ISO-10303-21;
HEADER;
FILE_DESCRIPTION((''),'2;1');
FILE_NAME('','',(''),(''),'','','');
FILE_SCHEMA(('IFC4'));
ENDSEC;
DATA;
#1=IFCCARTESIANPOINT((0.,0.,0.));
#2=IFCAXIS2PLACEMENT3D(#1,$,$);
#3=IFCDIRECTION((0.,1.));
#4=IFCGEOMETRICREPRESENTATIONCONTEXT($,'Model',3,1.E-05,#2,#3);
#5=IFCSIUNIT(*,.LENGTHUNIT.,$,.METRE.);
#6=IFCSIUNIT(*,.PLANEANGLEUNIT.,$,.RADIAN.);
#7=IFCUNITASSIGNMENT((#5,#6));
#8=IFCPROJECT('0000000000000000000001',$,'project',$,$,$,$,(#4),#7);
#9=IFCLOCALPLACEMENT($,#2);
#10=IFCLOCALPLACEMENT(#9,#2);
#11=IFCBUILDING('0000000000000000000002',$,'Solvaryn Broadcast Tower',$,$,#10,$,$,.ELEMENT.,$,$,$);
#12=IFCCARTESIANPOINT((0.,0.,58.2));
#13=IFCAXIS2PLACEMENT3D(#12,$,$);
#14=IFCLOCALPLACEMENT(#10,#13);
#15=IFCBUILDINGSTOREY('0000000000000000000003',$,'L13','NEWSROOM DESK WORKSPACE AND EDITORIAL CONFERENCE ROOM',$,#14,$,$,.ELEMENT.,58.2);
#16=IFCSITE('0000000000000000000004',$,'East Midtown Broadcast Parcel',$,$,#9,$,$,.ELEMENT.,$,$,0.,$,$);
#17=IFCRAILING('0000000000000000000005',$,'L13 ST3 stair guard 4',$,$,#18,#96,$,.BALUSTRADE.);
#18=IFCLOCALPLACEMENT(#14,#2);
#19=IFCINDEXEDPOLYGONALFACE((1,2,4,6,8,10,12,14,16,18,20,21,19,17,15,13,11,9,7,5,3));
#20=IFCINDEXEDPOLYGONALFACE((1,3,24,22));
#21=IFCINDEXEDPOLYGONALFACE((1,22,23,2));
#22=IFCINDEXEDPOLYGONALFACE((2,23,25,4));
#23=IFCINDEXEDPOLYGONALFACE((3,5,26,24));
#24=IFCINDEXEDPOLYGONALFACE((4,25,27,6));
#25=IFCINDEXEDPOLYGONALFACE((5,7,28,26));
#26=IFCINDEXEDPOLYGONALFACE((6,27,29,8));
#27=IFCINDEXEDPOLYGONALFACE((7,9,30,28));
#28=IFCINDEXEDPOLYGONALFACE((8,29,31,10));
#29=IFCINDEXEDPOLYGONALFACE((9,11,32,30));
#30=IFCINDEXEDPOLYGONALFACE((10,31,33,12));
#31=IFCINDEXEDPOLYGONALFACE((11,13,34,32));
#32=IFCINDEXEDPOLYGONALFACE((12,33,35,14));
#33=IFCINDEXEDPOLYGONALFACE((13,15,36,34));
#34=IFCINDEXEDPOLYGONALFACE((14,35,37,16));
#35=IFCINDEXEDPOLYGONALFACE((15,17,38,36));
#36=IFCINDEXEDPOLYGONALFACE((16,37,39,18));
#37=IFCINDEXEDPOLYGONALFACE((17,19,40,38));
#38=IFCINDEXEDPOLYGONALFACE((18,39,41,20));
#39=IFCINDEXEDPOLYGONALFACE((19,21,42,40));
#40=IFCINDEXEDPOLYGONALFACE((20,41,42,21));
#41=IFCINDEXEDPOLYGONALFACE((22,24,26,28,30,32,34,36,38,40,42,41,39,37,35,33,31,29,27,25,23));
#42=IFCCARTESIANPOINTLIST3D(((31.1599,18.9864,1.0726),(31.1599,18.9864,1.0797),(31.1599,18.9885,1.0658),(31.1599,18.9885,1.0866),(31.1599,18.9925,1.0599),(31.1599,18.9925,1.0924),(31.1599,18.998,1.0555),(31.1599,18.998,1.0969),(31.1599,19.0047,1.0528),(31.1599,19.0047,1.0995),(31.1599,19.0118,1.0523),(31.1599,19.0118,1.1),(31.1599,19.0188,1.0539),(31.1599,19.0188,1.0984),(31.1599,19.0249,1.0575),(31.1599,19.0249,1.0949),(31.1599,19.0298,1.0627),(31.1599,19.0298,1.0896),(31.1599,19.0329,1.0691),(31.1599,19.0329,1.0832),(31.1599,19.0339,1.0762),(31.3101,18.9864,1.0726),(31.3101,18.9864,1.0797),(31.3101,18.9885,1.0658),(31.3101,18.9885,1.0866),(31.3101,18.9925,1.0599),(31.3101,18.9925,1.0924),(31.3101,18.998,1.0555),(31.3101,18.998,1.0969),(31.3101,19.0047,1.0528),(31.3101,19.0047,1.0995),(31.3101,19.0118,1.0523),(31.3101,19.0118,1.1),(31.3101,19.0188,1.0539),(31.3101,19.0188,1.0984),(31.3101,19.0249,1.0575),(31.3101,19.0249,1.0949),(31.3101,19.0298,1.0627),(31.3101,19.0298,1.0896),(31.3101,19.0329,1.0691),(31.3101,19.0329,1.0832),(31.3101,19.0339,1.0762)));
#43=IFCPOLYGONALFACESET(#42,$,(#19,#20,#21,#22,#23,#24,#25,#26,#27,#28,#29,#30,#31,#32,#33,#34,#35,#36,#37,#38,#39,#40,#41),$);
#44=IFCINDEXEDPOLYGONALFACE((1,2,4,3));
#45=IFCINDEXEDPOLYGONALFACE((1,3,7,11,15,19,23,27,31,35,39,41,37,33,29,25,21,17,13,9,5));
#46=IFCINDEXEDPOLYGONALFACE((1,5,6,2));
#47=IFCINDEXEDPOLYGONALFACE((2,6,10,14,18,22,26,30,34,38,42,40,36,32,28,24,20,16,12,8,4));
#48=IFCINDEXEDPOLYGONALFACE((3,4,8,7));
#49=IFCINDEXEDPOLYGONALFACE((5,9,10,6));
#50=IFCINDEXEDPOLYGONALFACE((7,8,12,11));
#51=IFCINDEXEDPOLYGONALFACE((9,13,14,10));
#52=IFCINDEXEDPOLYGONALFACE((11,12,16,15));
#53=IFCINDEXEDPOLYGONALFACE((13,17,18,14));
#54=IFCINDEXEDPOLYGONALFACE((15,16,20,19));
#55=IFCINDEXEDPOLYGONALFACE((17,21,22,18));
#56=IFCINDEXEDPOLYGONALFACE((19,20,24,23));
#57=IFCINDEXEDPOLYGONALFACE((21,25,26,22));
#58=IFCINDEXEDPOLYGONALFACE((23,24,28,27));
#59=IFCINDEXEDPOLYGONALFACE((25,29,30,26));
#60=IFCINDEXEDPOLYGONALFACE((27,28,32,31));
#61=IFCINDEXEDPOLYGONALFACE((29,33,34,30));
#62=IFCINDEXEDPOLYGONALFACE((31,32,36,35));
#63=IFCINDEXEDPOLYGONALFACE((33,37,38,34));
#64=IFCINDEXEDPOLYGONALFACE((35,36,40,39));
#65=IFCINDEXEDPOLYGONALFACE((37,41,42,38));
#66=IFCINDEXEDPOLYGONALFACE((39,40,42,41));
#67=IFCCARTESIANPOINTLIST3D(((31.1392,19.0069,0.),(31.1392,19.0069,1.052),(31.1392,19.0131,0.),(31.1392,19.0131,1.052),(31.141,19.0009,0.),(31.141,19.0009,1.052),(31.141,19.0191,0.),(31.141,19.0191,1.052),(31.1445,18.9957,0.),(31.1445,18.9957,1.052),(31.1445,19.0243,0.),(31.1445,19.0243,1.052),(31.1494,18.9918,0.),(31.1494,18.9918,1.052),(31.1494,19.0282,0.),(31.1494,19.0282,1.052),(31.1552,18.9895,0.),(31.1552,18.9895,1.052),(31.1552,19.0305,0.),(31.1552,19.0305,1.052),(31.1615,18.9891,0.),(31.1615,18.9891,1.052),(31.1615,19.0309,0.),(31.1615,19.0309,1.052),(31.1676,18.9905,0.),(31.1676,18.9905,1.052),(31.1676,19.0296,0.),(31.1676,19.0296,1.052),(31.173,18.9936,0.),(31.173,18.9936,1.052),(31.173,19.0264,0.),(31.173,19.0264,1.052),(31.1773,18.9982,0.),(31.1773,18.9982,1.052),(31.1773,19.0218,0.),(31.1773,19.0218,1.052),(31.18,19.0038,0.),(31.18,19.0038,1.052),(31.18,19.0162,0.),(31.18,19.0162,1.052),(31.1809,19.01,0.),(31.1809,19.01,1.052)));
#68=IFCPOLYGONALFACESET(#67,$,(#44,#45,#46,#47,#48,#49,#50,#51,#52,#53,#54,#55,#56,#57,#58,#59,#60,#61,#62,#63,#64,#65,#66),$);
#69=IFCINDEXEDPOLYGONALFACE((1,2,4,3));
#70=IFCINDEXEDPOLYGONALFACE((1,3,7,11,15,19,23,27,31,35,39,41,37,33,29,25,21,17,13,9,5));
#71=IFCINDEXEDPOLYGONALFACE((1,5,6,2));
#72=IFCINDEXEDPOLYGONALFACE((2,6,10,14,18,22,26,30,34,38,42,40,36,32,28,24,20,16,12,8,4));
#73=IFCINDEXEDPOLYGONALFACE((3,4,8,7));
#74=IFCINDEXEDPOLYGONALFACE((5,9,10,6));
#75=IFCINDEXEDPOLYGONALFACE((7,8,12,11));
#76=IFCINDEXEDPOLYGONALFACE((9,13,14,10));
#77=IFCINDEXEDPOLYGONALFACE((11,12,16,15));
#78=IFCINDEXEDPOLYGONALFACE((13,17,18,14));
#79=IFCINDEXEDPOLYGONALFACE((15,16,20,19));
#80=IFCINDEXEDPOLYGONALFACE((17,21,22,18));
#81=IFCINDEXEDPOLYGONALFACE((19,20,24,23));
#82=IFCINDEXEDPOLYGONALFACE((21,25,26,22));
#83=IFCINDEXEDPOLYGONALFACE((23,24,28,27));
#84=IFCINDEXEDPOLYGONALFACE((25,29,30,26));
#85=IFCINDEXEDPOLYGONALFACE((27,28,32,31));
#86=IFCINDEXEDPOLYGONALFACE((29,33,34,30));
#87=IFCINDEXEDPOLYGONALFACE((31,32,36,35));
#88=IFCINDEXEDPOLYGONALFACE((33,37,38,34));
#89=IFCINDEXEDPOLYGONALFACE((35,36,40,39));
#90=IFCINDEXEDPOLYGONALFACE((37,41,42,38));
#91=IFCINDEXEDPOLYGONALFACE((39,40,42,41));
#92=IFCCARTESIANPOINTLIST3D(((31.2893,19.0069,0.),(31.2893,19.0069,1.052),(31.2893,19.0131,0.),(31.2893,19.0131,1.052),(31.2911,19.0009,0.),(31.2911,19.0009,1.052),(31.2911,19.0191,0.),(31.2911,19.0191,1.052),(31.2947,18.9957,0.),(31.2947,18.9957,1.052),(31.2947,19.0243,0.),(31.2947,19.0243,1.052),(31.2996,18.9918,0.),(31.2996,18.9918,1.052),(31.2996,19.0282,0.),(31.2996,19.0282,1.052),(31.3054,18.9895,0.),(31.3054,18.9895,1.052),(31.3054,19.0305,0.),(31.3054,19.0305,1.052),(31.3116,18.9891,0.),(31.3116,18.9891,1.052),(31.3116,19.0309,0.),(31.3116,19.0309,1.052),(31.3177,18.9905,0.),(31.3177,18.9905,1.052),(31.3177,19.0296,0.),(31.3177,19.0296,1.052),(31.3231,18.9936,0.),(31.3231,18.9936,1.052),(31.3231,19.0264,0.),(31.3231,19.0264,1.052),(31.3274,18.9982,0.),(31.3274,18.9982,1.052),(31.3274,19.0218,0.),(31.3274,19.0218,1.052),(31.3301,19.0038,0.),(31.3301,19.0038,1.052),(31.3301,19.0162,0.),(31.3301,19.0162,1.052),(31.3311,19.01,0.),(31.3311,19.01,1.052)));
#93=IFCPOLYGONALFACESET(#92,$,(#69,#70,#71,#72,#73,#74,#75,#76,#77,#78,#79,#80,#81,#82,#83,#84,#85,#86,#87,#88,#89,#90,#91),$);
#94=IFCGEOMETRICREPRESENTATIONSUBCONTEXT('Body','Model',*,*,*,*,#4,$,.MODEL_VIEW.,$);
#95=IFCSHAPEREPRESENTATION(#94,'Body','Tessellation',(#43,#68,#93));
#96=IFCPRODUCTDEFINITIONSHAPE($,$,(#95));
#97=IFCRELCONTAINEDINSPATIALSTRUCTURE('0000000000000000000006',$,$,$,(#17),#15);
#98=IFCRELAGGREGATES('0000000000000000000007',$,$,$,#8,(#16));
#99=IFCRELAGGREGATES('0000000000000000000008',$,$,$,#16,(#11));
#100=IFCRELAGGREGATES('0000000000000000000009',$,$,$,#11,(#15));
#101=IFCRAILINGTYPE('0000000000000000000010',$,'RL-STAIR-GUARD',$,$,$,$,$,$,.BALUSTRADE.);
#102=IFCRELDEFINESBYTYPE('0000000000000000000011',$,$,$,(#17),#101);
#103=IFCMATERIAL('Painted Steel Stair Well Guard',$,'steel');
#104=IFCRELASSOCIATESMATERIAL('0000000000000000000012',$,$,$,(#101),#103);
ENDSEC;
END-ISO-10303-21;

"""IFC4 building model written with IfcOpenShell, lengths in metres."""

from ifc_helpers import new_model, si_unit, direction, frame, origin, origin_2d, place, context, subcontext, project, spatial, circle, extrude, material, type_object, element, save


model = new_model("IFC4")

# Units and contexts
model_context = context("Model", 3, precision=1e-05, world=origin(), true_north=direction((0.0, 1.0)))
body_context = subcontext(model_context, "Body", "Model", "MODEL_VIEW")
ifc_project = project(units=[si_unit("LENGTHUNIT", "METRE"), si_unit("PLANEANGLEUNIT", "RADIAN")], contexts=[model_context])

# Site, building, storey
site_placement = place(None, origin())
site = spatial("IfcSite", under=ifc_project, at=site_placement, Name="East Midtown Broadcast Parcel", CompositionType="ELEMENT", RefElevation=0.0)
building_placement = place(site_placement, origin())
building = spatial("IfcBuilding", under=site, at=building_placement, Name="Solvaryn Broadcast Tower", CompositionType="ELEMENT")
storey_placement = place(building_placement, frame((0.0, 0.0, 58.2)))
storey = spatial("IfcBuildingStorey", under=building, at=storey_placement, Name="L13", Description="NEWSROOM DESK WORKSPACE AND EDITORIAL CONFERENCE ROOM", CompositionType="ELEMENT", Elevation=58.2)

# Railing
ifc_material_1 = material(Name="Painted Steel Stair Well Guard", Category="steel")
railing_type_1 = type_object("IfcRailingType", Name="RL-STAIR-GUARD", PredefinedType="BALUSTRADE", material=ifc_material_1)
railing_1_placement = place(storey_placement, frame((31.1599, 19.01, 0.0)))
element("IfcRailing", 1, at=railing_1_placement, inside=storey, type_object=railing_type_1, Name="L13 ST3 stair guard 4", PredefinedType="BALUSTRADE", context=body_context, shape_type="SweptSolid", body=[
    extrude(circle(Radius=0.0239, at=origin_2d()), frame((0.0, 0.0, 1.0762), z_axis=(1.0, 0.0, 0.0), x_axis=(0.0, 1.0, 0.0)), (0.0, 0.0, 1.0), 0.1501),
    extrude(circle(Radius=0.021, at=origin_2d()), origin(), (0.0, 0.0, 1.0), 1.052),
    extrude(circle(Radius=0.021, at=origin_2d()), frame((0.1501, 0.0, 0.0)), (0.0, 0.0, 1.0), 1.052),
])

save(model, "model.ifc")
